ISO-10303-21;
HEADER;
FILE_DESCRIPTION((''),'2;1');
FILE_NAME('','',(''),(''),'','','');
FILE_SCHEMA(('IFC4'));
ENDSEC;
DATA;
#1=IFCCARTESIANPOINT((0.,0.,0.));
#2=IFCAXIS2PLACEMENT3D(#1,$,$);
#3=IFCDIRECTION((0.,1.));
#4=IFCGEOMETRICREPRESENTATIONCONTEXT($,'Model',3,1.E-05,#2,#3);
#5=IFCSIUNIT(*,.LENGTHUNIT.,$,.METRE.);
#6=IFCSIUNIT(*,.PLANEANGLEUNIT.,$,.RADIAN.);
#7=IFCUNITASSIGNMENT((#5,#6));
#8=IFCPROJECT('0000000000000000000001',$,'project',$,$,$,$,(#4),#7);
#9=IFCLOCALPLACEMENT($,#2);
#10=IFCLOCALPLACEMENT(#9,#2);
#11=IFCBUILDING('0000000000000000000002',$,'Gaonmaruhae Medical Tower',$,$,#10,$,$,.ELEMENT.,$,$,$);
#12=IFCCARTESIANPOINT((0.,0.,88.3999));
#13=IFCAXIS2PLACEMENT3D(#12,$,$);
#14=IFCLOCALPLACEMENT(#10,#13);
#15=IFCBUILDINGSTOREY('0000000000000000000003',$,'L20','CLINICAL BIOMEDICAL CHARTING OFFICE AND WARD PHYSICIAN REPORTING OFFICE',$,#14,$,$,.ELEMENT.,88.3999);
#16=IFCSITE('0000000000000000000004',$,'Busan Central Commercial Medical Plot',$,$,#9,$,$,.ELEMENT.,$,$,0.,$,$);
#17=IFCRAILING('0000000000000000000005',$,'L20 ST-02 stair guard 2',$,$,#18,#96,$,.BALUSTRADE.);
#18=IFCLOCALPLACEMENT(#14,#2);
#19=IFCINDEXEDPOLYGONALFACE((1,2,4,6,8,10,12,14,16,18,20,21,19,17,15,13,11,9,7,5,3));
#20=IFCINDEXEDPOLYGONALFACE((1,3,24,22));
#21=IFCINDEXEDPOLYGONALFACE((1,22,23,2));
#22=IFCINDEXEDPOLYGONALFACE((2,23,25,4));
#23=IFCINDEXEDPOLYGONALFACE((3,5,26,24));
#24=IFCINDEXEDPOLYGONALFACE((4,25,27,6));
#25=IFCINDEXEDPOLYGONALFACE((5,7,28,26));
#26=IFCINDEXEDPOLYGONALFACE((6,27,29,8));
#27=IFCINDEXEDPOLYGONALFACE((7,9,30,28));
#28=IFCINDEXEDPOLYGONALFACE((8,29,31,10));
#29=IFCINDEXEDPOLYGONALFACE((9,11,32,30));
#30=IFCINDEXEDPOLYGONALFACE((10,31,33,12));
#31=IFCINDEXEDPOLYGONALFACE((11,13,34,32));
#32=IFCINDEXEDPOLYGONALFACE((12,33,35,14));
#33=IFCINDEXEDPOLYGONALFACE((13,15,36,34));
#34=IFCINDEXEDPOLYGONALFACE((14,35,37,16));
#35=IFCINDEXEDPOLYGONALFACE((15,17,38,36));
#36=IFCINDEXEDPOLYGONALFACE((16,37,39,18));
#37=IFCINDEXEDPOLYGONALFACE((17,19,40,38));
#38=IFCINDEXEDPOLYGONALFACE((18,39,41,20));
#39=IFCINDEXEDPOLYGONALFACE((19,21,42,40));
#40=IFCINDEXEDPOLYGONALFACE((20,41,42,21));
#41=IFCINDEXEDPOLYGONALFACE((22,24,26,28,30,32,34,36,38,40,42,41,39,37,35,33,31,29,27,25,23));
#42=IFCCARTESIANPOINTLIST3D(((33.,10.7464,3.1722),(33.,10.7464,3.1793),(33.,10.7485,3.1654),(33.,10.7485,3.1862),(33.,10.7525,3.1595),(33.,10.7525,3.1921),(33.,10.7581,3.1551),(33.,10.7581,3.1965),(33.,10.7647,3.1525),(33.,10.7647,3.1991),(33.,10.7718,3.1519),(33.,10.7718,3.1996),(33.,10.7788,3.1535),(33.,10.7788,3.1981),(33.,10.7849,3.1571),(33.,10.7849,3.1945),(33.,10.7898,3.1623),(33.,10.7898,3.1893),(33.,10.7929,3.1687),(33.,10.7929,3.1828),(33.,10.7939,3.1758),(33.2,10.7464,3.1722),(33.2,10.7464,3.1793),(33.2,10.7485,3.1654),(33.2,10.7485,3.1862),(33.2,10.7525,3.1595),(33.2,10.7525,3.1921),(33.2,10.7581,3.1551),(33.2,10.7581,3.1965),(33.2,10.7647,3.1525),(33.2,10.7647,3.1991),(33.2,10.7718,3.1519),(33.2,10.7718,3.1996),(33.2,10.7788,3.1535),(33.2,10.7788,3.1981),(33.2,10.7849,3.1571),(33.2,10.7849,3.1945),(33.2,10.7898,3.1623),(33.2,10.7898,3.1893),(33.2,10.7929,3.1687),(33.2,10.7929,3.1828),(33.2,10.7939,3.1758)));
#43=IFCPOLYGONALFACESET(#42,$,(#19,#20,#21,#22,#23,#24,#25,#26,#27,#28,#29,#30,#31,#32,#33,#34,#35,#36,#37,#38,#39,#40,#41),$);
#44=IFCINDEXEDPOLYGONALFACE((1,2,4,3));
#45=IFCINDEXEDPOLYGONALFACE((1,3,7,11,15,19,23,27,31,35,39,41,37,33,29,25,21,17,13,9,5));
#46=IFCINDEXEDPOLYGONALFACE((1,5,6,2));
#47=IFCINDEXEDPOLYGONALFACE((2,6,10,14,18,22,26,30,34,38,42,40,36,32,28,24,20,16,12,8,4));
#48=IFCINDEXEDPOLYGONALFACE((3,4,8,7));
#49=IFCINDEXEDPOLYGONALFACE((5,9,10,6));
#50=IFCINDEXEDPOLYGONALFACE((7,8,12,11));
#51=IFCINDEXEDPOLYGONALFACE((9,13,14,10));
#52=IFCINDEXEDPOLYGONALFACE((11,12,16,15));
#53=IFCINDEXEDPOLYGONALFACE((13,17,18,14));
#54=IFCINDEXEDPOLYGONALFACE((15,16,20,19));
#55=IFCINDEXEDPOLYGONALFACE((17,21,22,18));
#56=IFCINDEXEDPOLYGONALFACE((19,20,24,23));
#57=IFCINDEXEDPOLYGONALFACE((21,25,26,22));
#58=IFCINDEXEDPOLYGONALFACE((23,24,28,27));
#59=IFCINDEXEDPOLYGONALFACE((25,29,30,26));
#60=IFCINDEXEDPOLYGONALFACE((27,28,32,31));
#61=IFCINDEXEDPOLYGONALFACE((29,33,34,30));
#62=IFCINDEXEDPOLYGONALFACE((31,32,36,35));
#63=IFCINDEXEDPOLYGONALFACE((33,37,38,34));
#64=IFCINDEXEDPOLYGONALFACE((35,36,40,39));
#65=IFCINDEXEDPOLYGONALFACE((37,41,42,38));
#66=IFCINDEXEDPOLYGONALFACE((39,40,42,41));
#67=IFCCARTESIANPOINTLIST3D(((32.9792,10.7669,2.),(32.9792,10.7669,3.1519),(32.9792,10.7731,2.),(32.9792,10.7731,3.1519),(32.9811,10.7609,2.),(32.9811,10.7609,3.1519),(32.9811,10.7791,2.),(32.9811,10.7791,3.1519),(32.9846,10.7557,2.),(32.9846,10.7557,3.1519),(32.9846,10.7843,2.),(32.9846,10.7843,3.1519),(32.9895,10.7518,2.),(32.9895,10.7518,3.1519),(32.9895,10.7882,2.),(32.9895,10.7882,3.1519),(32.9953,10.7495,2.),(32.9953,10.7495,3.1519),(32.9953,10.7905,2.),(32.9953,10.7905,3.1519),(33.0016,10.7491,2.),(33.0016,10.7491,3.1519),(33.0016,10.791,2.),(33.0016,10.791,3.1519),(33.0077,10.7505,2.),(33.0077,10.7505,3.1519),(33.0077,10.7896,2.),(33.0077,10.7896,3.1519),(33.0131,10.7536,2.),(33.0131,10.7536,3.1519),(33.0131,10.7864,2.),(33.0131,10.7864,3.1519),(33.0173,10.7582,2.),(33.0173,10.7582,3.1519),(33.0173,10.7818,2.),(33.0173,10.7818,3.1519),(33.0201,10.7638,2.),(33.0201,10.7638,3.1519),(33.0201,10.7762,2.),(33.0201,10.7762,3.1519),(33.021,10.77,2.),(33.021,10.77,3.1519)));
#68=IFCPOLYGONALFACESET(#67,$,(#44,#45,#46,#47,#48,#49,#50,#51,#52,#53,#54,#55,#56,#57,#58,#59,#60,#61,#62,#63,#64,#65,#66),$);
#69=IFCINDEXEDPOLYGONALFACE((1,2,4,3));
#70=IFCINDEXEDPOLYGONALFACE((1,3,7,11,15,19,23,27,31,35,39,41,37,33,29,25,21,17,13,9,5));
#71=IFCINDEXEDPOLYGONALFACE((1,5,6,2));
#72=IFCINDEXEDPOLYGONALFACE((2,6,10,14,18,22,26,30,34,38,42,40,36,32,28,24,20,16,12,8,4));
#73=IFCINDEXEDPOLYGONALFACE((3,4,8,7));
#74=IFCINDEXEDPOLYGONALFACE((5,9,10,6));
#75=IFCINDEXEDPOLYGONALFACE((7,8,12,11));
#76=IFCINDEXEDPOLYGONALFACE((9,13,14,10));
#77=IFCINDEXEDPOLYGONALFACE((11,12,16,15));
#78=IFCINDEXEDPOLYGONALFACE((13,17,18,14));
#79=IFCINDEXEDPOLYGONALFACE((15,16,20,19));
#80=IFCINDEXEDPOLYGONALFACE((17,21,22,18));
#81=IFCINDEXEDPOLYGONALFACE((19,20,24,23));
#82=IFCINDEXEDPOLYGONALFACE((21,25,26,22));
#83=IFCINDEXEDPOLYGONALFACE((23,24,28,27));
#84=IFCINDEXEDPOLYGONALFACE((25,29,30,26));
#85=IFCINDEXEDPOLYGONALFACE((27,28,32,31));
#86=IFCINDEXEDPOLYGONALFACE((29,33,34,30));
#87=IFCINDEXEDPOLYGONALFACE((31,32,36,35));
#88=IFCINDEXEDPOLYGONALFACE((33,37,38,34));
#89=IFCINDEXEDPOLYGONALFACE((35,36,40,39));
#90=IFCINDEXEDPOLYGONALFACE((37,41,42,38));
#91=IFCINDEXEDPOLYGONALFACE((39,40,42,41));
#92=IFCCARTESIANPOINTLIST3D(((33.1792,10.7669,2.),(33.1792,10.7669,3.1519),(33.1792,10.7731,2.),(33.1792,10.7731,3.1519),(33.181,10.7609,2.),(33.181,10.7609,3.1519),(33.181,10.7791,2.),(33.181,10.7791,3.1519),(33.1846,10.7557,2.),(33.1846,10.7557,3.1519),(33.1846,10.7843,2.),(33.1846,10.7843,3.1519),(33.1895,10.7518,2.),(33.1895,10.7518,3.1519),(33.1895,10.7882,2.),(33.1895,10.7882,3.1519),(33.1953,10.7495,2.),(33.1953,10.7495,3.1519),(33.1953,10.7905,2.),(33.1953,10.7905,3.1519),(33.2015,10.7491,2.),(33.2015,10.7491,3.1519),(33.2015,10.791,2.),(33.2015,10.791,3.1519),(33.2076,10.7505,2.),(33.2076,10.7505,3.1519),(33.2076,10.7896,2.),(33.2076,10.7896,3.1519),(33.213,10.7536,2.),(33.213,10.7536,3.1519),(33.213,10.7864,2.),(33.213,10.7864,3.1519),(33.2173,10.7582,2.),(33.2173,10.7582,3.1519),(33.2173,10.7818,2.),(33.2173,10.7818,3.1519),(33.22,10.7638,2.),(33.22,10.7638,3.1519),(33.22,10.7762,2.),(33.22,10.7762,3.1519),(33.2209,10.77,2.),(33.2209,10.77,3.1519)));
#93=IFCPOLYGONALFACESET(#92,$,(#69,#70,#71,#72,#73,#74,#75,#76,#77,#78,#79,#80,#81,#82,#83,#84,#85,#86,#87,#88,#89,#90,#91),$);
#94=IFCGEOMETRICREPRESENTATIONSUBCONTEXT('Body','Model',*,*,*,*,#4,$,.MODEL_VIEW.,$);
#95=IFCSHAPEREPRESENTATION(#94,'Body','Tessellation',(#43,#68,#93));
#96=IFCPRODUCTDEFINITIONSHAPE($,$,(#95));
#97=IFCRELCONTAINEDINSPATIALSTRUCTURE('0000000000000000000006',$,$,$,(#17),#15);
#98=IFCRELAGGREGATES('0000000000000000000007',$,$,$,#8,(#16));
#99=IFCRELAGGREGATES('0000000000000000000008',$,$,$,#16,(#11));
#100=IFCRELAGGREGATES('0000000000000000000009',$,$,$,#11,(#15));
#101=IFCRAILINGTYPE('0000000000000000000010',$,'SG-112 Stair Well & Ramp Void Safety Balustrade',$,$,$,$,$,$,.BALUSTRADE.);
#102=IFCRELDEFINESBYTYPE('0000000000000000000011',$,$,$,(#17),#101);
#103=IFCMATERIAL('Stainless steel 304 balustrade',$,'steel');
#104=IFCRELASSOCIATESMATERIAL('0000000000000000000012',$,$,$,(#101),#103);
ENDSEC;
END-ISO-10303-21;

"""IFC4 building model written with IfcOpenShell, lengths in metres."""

from ifc_helpers import new_model, si_unit, direction, frame, origin, origin_2d, place, context, subcontext, project, spatial, circle, extrude, material, type_object, element, save


model = new_model("IFC4")

# Units and contexts
model_context = context("Model", 3, precision=1e-05, world=origin(), true_north=direction((0.0, 1.0)))
body_context = subcontext(model_context, "Body", "Model", "MODEL_VIEW")
ifc_project = project(units=[si_unit("LENGTHUNIT", "METRE"), si_unit("PLANEANGLEUNIT", "RADIAN")], contexts=[model_context])

# Site, building, storey
site_placement = place(None, origin())
site = spatial("IfcSite", under=ifc_project, at=site_placement, Name="Busan Central Commercial Medical Plot", CompositionType="ELEMENT", RefElevation=0.0)
building_placement = place(site_placement, origin())
building = spatial("IfcBuilding", under=site, at=building_placement, Name="Gaonmaruhae Medical Tower", CompositionType="ELEMENT")
storey_placement = place(building_placement, frame((0.0, 0.0, 88.3999)))
storey = spatial("IfcBuildingStorey", under=building, at=storey_placement, Name="L20", Description="CLINICAL BIOMEDICAL CHARTING OFFICE AND WARD PHYSICIAN REPORTING OFFICE", CompositionType="ELEMENT", Elevation=88.3999)

# Railing
ifc_material_1 = material(Name="Stainless steel 304 balustrade", Category="steel")
railing_type_1 = type_object("IfcRailingType", Name="SG-112 Stair Well & Ramp Void Safety Balustrade", PredefinedType="BALUSTRADE", material=ifc_material_1)
railing_1_placement = place(storey_placement, frame((33.0, 10.77, 2.0)))
element("IfcRailing", 1, at=railing_1_placement, inside=storey, type_object=railing_type_1, Name="L20 ST-02 stair guard 2", PredefinedType="BALUSTRADE", context=body_context, shape_type="SweptSolid", body=[
    extrude(circle(Radius=0.0239, at=origin_2d()), frame((0.0, 0.0, 1.1758), z_axis=(1.0, 0.0, 0.0), x_axis=(0.0, 1.0, 0.0)), (0.0, 0.0, 1.0), 0.2),
    extrude(circle(Radius=0.021, at=origin_2d()), origin(), (0.0, 0.0, 1.0), 1.1519),
    extrude(circle(Radius=0.021, at=origin_2d()), frame((0.2, 0.0, 0.0)), (0.0, 0.0, 1.0), 1.1519),
])

save(model, "model.ifc")
